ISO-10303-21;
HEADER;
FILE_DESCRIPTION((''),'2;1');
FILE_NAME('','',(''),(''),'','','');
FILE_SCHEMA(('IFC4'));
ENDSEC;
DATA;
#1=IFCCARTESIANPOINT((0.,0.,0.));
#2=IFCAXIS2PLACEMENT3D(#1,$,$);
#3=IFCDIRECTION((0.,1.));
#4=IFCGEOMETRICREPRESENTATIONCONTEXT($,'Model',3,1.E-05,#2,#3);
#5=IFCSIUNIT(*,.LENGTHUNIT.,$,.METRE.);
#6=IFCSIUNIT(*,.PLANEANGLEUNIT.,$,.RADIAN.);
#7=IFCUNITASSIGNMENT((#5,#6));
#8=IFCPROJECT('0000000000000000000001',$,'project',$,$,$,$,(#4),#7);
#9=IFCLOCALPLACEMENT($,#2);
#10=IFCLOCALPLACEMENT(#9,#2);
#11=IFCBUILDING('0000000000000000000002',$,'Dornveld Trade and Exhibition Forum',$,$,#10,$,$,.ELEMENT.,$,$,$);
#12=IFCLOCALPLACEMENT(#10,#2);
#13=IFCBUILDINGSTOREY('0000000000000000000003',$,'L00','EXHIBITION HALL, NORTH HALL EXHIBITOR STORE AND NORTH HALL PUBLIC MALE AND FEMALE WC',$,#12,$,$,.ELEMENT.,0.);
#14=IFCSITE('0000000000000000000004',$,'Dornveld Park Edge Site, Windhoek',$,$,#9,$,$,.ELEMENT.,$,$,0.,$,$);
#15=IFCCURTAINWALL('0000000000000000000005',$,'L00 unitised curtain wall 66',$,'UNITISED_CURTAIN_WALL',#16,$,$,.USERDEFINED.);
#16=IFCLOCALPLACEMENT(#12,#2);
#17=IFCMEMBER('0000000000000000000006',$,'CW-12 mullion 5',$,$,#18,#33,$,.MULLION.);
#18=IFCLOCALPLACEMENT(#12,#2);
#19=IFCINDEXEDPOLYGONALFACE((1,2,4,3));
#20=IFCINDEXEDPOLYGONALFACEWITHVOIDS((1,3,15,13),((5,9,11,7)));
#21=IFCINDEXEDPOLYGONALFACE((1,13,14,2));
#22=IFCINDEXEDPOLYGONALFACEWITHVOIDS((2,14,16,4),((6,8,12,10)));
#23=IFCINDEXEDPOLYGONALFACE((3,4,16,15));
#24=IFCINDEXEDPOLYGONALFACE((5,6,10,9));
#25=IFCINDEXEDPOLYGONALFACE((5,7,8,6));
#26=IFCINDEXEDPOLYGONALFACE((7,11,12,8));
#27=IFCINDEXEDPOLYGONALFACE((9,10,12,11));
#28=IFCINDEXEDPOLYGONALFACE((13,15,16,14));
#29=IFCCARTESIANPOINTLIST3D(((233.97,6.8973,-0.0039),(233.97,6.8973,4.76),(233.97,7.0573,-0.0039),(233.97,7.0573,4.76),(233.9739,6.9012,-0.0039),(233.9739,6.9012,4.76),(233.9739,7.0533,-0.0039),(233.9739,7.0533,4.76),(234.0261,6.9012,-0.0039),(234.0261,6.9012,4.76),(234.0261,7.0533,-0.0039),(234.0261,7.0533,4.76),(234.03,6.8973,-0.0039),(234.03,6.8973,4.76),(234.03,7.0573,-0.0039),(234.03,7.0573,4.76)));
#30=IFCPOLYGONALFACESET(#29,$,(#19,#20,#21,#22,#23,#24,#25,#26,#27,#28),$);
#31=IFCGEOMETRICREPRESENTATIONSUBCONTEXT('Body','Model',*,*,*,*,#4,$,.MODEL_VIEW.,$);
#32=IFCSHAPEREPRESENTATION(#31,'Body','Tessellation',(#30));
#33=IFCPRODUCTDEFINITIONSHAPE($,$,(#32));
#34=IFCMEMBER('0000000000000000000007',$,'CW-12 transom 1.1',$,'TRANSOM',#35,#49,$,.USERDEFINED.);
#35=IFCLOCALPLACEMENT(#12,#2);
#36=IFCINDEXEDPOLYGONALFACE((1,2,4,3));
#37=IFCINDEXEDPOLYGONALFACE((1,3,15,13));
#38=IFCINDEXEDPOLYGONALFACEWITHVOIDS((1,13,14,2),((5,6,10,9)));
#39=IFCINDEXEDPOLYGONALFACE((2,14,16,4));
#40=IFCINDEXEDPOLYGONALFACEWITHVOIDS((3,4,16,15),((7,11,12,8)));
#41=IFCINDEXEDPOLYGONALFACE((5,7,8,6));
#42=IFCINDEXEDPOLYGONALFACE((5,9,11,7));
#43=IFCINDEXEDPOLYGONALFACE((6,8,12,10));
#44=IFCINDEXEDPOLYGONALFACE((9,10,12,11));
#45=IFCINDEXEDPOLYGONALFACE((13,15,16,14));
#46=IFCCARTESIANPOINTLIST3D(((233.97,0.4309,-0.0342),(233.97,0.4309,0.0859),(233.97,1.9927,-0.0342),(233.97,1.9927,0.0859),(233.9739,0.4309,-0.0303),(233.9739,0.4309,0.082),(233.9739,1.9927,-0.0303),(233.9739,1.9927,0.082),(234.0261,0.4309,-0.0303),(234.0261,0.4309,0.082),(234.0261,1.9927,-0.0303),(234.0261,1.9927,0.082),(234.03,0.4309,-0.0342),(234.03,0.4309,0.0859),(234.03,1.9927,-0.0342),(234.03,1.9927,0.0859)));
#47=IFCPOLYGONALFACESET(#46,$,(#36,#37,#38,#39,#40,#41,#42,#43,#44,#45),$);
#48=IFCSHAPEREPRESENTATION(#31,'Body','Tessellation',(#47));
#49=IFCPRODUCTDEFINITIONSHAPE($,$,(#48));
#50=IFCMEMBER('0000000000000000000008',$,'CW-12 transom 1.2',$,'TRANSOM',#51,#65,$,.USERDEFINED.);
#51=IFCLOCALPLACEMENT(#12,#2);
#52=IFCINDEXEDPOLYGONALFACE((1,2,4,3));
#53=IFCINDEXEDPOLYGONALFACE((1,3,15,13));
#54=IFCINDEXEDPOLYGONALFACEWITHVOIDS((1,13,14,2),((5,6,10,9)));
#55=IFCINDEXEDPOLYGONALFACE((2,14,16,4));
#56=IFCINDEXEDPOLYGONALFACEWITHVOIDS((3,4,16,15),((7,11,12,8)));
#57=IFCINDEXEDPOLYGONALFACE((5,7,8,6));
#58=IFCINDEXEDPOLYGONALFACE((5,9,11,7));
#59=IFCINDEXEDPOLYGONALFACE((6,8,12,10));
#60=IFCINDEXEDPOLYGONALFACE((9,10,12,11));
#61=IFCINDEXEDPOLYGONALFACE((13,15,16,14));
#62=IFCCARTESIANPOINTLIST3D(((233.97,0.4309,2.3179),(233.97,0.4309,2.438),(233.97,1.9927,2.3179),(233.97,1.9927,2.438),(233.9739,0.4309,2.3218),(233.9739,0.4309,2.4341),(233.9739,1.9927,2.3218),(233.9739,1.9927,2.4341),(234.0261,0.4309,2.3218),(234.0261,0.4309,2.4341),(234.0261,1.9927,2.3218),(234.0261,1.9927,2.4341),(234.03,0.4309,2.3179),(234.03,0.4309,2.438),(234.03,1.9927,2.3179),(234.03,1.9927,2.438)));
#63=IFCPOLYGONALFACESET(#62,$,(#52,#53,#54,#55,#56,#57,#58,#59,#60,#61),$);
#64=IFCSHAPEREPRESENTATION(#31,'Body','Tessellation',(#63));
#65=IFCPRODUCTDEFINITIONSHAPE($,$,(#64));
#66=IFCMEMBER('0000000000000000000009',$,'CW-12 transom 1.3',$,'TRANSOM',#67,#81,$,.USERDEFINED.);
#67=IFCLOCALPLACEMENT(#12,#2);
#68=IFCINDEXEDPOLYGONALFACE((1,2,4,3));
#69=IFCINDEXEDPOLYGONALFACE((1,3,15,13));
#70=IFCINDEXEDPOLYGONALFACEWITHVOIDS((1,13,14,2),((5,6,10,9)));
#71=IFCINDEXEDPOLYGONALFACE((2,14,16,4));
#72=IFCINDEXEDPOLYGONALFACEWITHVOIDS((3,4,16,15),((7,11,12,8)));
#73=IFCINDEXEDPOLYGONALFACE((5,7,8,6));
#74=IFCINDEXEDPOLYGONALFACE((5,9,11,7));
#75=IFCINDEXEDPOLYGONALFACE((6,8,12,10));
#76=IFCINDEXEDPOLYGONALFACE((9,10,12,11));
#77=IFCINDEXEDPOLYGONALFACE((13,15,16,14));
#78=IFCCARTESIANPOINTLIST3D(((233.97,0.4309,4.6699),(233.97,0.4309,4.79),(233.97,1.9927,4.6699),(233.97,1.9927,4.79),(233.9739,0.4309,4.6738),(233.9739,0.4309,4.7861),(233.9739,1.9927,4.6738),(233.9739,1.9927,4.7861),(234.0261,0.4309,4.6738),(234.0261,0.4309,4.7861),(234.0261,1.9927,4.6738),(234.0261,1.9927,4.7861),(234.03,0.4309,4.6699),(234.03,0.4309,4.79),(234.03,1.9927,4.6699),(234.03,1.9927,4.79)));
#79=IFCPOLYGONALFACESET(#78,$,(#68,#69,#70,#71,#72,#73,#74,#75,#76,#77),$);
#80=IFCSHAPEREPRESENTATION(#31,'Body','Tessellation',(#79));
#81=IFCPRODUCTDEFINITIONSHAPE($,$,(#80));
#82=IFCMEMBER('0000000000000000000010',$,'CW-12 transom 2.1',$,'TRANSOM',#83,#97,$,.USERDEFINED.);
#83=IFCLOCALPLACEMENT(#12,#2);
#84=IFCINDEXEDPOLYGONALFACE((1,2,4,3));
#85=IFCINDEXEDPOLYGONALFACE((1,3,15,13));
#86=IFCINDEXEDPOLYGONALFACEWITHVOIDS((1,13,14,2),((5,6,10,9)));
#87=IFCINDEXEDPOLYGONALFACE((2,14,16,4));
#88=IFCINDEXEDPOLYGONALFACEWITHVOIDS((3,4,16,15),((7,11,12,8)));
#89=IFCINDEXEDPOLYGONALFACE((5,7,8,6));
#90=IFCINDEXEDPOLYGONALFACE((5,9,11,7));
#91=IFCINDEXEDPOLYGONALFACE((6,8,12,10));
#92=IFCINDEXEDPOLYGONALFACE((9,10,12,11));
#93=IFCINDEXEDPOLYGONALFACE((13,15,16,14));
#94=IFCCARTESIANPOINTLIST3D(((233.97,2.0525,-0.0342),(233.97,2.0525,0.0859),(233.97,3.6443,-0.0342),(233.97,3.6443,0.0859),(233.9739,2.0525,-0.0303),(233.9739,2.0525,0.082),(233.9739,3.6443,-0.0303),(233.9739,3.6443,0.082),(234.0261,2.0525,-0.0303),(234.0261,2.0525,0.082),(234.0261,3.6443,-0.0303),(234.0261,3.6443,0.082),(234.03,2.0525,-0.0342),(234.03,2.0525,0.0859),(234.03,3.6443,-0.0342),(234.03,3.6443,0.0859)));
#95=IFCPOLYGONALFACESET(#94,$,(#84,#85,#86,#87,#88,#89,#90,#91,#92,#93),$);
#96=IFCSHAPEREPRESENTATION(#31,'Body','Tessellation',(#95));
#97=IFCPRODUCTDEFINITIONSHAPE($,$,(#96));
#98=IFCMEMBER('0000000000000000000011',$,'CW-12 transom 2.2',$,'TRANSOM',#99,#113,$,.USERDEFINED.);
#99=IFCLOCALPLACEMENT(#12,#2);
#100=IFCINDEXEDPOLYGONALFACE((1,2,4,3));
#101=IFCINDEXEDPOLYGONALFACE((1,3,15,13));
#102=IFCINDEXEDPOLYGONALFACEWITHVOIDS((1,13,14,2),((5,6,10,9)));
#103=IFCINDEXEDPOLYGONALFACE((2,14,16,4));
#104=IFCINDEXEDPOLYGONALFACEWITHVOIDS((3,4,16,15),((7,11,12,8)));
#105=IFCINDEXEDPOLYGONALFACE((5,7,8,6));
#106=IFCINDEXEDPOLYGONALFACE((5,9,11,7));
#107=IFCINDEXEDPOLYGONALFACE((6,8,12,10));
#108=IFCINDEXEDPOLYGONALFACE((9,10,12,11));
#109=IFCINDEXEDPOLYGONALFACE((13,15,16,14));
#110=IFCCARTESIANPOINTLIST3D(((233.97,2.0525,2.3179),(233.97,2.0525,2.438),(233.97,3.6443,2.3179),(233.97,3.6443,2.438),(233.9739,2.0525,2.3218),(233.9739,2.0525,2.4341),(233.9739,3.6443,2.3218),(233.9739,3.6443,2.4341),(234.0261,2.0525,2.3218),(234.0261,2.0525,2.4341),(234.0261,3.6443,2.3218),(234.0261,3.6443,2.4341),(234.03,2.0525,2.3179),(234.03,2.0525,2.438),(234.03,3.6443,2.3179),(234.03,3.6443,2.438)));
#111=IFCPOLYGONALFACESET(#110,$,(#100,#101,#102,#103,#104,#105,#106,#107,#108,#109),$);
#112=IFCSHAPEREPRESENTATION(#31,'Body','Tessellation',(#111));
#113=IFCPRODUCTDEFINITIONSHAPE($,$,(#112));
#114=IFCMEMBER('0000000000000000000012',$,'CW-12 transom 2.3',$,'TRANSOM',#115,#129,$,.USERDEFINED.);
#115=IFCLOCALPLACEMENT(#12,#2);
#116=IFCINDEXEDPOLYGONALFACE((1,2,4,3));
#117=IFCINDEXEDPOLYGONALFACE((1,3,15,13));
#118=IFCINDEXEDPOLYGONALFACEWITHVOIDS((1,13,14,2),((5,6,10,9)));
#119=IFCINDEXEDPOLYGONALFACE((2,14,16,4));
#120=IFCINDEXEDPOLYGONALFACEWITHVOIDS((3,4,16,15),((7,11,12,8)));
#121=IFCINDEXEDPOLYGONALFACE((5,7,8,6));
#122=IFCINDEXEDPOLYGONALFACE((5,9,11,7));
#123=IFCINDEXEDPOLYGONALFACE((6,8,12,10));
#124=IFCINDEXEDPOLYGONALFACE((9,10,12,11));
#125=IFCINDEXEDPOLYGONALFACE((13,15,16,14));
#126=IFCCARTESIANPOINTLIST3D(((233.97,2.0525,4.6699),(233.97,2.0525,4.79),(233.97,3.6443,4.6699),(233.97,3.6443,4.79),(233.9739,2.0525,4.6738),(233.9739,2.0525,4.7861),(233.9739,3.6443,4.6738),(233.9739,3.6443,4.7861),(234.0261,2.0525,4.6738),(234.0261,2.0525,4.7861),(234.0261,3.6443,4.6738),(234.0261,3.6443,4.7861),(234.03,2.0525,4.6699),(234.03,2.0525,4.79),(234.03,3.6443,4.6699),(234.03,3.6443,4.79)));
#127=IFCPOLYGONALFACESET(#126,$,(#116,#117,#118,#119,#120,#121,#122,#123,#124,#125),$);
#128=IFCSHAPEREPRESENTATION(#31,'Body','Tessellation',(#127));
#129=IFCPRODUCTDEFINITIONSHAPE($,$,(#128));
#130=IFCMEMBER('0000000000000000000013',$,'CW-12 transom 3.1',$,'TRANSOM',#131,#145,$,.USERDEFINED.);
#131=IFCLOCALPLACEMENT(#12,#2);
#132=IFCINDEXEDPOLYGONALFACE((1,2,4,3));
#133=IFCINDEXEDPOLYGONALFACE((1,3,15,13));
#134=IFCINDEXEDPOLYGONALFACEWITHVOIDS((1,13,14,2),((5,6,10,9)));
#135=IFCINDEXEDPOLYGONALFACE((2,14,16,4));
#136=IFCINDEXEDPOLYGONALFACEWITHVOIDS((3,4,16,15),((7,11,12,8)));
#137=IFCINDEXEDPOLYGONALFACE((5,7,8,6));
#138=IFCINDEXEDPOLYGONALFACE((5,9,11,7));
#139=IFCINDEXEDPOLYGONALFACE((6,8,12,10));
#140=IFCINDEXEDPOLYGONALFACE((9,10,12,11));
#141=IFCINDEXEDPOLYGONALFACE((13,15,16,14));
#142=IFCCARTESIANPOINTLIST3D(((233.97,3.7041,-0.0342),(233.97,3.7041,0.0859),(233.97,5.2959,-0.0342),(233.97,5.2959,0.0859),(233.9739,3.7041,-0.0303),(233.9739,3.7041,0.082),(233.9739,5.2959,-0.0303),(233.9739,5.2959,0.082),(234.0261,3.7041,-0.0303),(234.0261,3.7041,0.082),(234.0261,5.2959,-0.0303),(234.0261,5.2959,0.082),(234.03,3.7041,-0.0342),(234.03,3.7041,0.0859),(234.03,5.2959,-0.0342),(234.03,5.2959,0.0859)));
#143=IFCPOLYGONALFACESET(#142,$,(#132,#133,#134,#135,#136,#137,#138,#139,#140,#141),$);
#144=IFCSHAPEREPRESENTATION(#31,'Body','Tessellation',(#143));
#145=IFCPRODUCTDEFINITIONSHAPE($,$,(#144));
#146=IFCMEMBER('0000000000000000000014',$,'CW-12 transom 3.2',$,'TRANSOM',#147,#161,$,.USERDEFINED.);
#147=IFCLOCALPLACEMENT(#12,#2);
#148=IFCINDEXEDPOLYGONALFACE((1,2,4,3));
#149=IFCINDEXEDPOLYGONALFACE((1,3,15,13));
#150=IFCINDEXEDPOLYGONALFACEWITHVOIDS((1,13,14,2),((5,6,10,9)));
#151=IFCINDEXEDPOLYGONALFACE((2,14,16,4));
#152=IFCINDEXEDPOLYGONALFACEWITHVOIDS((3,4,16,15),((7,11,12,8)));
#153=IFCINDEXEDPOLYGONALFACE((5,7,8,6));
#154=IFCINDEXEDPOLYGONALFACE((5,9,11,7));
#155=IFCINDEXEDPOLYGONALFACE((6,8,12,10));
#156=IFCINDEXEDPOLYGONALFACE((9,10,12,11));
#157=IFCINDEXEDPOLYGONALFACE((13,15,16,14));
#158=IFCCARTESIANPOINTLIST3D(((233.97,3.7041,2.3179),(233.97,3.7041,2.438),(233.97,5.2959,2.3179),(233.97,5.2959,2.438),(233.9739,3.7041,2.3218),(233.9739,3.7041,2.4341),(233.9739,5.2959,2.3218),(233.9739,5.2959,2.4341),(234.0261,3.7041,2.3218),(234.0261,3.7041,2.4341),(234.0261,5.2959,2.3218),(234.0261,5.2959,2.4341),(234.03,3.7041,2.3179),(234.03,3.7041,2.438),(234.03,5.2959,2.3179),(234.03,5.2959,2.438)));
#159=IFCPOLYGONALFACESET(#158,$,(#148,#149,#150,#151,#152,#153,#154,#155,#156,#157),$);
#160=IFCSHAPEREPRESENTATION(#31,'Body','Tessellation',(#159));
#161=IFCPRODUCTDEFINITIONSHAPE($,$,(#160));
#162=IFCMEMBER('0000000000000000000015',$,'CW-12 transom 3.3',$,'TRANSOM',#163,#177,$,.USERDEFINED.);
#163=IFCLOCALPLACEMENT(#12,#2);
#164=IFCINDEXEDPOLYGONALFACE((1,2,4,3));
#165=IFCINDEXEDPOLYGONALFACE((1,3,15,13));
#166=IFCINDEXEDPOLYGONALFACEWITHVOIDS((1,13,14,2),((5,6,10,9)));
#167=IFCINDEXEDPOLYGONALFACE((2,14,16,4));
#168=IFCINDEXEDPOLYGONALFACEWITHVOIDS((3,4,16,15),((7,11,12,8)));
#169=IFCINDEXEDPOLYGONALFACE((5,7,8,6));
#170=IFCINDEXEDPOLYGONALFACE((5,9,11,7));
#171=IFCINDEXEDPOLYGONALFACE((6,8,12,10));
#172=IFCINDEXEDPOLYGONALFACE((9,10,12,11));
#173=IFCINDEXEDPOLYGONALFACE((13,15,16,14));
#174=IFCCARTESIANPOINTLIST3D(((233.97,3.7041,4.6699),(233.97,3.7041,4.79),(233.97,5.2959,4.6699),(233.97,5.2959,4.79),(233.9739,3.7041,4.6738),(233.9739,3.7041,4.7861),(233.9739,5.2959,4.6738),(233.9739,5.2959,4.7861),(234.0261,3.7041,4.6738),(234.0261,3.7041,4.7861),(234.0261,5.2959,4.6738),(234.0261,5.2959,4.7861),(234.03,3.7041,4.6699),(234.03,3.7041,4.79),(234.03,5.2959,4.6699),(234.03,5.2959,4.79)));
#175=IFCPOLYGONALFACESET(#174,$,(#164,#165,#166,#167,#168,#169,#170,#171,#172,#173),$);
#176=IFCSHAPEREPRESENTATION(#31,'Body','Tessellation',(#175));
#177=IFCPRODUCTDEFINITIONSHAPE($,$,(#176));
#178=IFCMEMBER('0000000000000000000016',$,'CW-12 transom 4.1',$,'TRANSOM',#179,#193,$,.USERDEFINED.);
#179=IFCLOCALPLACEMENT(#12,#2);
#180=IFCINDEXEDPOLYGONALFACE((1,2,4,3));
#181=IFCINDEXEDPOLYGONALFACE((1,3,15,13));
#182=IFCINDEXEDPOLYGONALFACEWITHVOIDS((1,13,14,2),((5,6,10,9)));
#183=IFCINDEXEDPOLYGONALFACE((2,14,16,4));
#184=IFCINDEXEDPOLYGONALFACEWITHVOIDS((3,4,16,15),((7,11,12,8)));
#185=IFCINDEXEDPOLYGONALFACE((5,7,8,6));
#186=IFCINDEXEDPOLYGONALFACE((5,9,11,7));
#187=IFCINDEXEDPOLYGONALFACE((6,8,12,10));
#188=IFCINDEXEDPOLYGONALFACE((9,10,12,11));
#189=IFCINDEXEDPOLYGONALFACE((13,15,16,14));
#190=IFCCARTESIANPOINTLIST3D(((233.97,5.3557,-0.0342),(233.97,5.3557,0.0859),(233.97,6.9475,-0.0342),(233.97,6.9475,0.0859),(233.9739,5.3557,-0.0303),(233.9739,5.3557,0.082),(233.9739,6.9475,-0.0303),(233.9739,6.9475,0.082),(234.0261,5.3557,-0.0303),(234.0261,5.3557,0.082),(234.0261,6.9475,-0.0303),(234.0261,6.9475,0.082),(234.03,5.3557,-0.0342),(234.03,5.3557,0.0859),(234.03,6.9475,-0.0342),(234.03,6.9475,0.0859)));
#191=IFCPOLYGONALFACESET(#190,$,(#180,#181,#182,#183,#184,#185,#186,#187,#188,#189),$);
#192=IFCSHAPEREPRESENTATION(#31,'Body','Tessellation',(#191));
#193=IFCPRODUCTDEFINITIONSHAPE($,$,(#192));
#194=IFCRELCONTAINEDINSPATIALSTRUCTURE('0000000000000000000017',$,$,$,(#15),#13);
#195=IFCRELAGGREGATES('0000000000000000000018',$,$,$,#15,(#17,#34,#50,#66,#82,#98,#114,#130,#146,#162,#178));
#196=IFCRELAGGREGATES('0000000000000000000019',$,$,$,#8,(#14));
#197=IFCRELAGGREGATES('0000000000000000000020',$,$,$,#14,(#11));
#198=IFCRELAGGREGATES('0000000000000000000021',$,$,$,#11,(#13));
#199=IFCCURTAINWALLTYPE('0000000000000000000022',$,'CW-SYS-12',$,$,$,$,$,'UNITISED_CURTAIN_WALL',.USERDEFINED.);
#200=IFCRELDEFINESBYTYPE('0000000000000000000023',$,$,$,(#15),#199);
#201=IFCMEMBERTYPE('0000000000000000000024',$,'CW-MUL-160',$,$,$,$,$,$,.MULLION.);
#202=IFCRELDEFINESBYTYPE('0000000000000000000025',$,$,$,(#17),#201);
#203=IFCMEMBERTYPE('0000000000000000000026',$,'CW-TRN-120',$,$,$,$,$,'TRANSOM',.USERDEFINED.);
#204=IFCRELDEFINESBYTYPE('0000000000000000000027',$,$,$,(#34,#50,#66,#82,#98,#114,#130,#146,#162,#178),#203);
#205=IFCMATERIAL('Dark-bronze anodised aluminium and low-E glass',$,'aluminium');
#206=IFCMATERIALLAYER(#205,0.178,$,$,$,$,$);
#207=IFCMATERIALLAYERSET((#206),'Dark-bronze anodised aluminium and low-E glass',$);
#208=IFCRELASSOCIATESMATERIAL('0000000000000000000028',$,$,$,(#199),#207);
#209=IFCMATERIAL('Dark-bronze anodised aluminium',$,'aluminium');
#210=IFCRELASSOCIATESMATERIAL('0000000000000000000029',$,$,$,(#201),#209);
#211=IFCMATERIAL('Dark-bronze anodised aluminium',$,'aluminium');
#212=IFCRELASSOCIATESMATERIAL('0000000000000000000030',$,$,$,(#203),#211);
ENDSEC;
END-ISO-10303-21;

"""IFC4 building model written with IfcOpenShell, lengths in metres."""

from ifc_helpers import new_model, si_unit, direction, frame, origin, origin_2d, place, context, subcontext, project, spatial, hollow_rectangle, extrude, material, layer, layer_set, material_profile, profile_set, type_object, element, aggregate, save


model = new_model("IFC4")

# Units and contexts
model_context = context("Model", 3, precision=1e-05, world=origin(), true_north=direction((0.0, 1.0)))
body_context = subcontext(model_context, "Body", "Model", "MODEL_VIEW")
ifc_project = project(units=[si_unit("LENGTHUNIT", "METRE"), si_unit("PLANEANGLEUNIT", "RADIAN")], contexts=[model_context])

# Site, building, storey
site_placement = place(None, origin())
site = spatial("IfcSite", under=ifc_project, at=site_placement, Name="Dornveld Park Edge Site, Windhoek", CompositionType="ELEMENT", RefElevation=0.0)
building_placement = place(site_placement, origin())
building = spatial("IfcBuilding", under=site, at=building_placement, Name="Dornveld Trade and Exhibition Forum", CompositionType="ELEMENT")
storey_placement = place(building_placement, origin())
storey = spatial("IfcBuildingStorey", under=building, at=storey_placement, Name="L00", Description="EXHIBITION HALL, NORTH HALL EXHIBITOR STORE AND NORTH HALL PUBLIC MALE AND FEMALE WC", CompositionType="ELEMENT", Elevation=0.0)

# Curtain wall, members
ifc_material_1 = material(Name="Dark-bronze anodised aluminium and low-E glass", Category="aluminium")
ifc_layer_1 = layer(ifc_material_1, 0.178)
ifc_layer_set_1 = layer_set([ifc_layer_1], Name="Dark-bronze anodised aluminium and low-E glass")
curtain_wall_type = type_object("IfcCurtainWallType", Name="CW-SYS-12", ElementType="UNITISED_CURTAIN_WALL", PredefinedType="USERDEFINED", material=ifc_layer_set_1)
curtain_wall_placement = place(storey_placement, origin())
curtain_wall = element("IfcCurtainWall", 1, at=curtain_wall_placement, inside=storey, type_object=curtain_wall_type, Name="L00 unitised curtain wall 66", ObjectType="UNITISED_CURTAIN_WALL", PredefinedType="USERDEFINED")
ifc_material_2 = material(Name="Dark-bronze anodised aluminium", Category="aluminium")
ifc_material_profile_1 = material_profile(ifc_material_2, hollow_rectangle(XDim=0.0601, YDim=0.1599, WallThickness=0.0039, at=origin_2d()), Name="RHS 160x60x4")
ifc_profile_set_1 = profile_set([ifc_material_profile_1], Name="Dark-bronze anodised aluminium")
member_type_1 = type_object("IfcMemberType", Name="CW-MUL-160", PredefinedType="MULLION", material=ifc_profile_set_1)
member_1_placement = place(storey_placement, frame((234.0, 6.9773, -0.0039), z_axis=(0.0, 0.0, 1.0), x_axis=(-1.0, 0.0, 0.0)))
member_1 = element("IfcMember", 2, at=member_1_placement, type_object=member_type_1, Name="CW-12 mullion 5", PredefinedType="MULLION", context=body_context, shape_type="SweptSolid", body=[
    extrude(hollow_rectangle(XDim=0.0601, YDim=0.1599, WallThickness=0.0039, at=origin_2d()), origin(), (0.0, 0.0, 1.0), 4.7639),
])
ifc_material_3 = material(Name="Dark-bronze anodised aluminium", Category="aluminium")
ifc_material_profile_2 = material_profile(ifc_material_3, hollow_rectangle(XDim=0.0601, YDim=0.1201, WallThickness=0.0039, at=origin_2d()), Name="RHS 120x60x4")
ifc_profile_set_2 = profile_set([ifc_material_profile_2], Name="Dark-bronze anodised aluminium")
member_type_2 = type_object("IfcMemberType", Name="CW-TRN-120", ElementType="TRANSOM", PredefinedType="USERDEFINED", material=ifc_profile_set_2)
member_2_placement = place(storey_placement, frame((234.0, 0.4309, 0.0259), z_axis=(0.0, 1.0, 0.0), x_axis=(-1.0, 0.0, 0.0)))
member_2 = element("IfcMember", 3, at=member_2_placement, type_object=member_type_2, Name="CW-12 transom 1.1", ObjectType="TRANSOM", PredefinedType="USERDEFINED", context=body_context, shape_type="SweptSolid", body=[
    extrude(hollow_rectangle(XDim=0.0601, YDim=0.1201, WallThickness=0.0039, at=origin_2d()), origin(), (0.0, 0.0, 1.0), 1.5618),
])
member_3_placement = place(storey_placement, frame((234.0, 0.4309, 2.3779), z_axis=(0.0, 1.0, 0.0), x_axis=(-1.0, 0.0, 0.0)))
member_3 = element("IfcMember", 4, at=member_3_placement, type_object=member_type_2, Name="CW-12 transom 1.2", ObjectType="TRANSOM", PredefinedType="USERDEFINED", context=body_context, shape_type="SweptSolid", body=[
    extrude(hollow_rectangle(XDim=0.0601, YDim=0.1201, WallThickness=0.0039, at=origin_2d()), origin(), (0.0, 0.0, 1.0), 1.5618),
])
member_4_placement = place(storey_placement, frame((234.0, 0.4309, 4.73), z_axis=(0.0, 1.0, 0.0), x_axis=(-1.0, 0.0, 0.0)))
member_4 = element("IfcMember", 5, at=member_4_placement, type_object=member_type_2, Name="CW-12 transom 1.3", ObjectType="TRANSOM", PredefinedType="USERDEFINED", context=body_context, shape_type="SweptSolid", body=[
    extrude(hollow_rectangle(XDim=0.0601, YDim=0.1201, WallThickness=0.0039, at=origin_2d()), origin(), (0.0, 0.0, 1.0), 1.5618),
])
member_5_placement = place(storey_placement, frame((234.0, 2.0525, 0.0259), z_axis=(0.0, 1.0, 0.0), x_axis=(-1.0, 0.0, 0.0)))
member_5 = element("IfcMember", 6, at=member_5_placement, type_object=member_type_2, Name="CW-12 transom 2.1", ObjectType="TRANSOM", PredefinedType="USERDEFINED", context=body_context, shape_type="SweptSolid", body=[
    extrude(hollow_rectangle(XDim=0.0601, YDim=0.1201, WallThickness=0.0039, at=origin_2d()), origin(), (0.0, 0.0, 1.0), 1.5918),
])
member_6_placement = place(storey_placement, frame((234.0, 2.0525, 2.3779), z_axis=(0.0, 1.0, 0.0), x_axis=(-1.0, 0.0, 0.0)))
member_6 = element("IfcMember", 7, at=member_6_placement, type_object=member_type_2, Name="CW-12 transom 2.2", ObjectType="TRANSOM", PredefinedType="USERDEFINED", context=body_context, shape_type="SweptSolid", body=[
    extrude(hollow_rectangle(XDim=0.0601, YDim=0.1201, WallThickness=0.0039, at=origin_2d()), origin(), (0.0, 0.0, 1.0), 1.5918),
])
member_7_placement = place(storey_placement, frame((234.0, 2.0525, 4.73), z_axis=(0.0, 1.0, 0.0), x_axis=(-1.0, 0.0, 0.0)))
member_7 = element("IfcMember", 8, at=member_7_placement, type_object=member_type_2, Name="CW-12 transom 2.3", ObjectType="TRANSOM", PredefinedType="USERDEFINED", context=body_context, shape_type="SweptSolid", body=[
    extrude(hollow_rectangle(XDim=0.0601, YDim=0.1201, WallThickness=0.0039, at=origin_2d()), origin(), (0.0, 0.0, 1.0), 1.5918),
])
member_8_placement = place(storey_placement, frame((234.0, 3.7041, 0.0259), z_axis=(0.0, 1.0, 0.0), x_axis=(-1.0, 0.0, 0.0)))
member_8 = element("IfcMember", 9, at=member_8_placement, type_object=member_type_2, Name="CW-12 transom 3.1", ObjectType="TRANSOM", PredefinedType="USERDEFINED", context=body_context, shape_type="SweptSolid", body=[
    extrude(hollow_rectangle(XDim=0.0601, YDim=0.1201, WallThickness=0.0039, at=origin_2d()), origin(), (0.0, 0.0, 1.0), 1.5918),
])
member_9_placement = place(storey_placement, frame((234.0, 3.7041, 2.3779), z_axis=(0.0, 1.0, 0.0), x_axis=(-1.0, 0.0, 0.0)))
member_9 = element("IfcMember", 10, at=member_9_placement, type_object=member_type_2, Name="CW-12 transom 3.2", ObjectType="TRANSOM", PredefinedType="USERDEFINED", context=body_context, shape_type="SweptSolid", body=[
    extrude(hollow_rectangle(XDim=0.0601, YDim=0.1201, WallThickness=0.0039, at=origin_2d()), origin(), (0.0, 0.0, 1.0), 1.5918),
])
member_10_placement = place(storey_placement, frame((234.0, 3.7041, 4.73), z_axis=(0.0, 1.0, 0.0), x_axis=(-1.0, 0.0, 0.0)))
member_10 = element("IfcMember", 11, at=member_10_placement, type_object=member_type_2, Name="CW-12 transom 3.3", ObjectType="TRANSOM", PredefinedType="USERDEFINED", context=body_context, shape_type="SweptSolid", body=[
    extrude(hollow_rectangle(XDim=0.0601, YDim=0.1201, WallThickness=0.0039, at=origin_2d()), origin(), (0.0, 0.0, 1.0), 1.5918),
])
member_11_placement = place(storey_placement, frame((234.0, 5.3557, 0.0259), z_axis=(0.0, 1.0, 0.0), x_axis=(-1.0, 0.0, 0.0)))
member_11 = element("IfcMember", 12, at=member_11_placement, type_object=member_type_2, Name="CW-12 transom 4.1", ObjectType="TRANSOM", PredefinedType="USERDEFINED", context=body_context, shape_type="SweptSolid", body=[
    extrude(hollow_rectangle(XDim=0.0601, YDim=0.1201, WallThickness=0.0039, at=origin_2d()), origin(), (0.0, 0.0, 1.0), 1.5918),
])
aggregate(curtain_wall, [member_1, member_2, member_3, member_4, member_5, member_6, member_7, member_8, member_9, member_10, member_11])

save(model, "model.ifc")
